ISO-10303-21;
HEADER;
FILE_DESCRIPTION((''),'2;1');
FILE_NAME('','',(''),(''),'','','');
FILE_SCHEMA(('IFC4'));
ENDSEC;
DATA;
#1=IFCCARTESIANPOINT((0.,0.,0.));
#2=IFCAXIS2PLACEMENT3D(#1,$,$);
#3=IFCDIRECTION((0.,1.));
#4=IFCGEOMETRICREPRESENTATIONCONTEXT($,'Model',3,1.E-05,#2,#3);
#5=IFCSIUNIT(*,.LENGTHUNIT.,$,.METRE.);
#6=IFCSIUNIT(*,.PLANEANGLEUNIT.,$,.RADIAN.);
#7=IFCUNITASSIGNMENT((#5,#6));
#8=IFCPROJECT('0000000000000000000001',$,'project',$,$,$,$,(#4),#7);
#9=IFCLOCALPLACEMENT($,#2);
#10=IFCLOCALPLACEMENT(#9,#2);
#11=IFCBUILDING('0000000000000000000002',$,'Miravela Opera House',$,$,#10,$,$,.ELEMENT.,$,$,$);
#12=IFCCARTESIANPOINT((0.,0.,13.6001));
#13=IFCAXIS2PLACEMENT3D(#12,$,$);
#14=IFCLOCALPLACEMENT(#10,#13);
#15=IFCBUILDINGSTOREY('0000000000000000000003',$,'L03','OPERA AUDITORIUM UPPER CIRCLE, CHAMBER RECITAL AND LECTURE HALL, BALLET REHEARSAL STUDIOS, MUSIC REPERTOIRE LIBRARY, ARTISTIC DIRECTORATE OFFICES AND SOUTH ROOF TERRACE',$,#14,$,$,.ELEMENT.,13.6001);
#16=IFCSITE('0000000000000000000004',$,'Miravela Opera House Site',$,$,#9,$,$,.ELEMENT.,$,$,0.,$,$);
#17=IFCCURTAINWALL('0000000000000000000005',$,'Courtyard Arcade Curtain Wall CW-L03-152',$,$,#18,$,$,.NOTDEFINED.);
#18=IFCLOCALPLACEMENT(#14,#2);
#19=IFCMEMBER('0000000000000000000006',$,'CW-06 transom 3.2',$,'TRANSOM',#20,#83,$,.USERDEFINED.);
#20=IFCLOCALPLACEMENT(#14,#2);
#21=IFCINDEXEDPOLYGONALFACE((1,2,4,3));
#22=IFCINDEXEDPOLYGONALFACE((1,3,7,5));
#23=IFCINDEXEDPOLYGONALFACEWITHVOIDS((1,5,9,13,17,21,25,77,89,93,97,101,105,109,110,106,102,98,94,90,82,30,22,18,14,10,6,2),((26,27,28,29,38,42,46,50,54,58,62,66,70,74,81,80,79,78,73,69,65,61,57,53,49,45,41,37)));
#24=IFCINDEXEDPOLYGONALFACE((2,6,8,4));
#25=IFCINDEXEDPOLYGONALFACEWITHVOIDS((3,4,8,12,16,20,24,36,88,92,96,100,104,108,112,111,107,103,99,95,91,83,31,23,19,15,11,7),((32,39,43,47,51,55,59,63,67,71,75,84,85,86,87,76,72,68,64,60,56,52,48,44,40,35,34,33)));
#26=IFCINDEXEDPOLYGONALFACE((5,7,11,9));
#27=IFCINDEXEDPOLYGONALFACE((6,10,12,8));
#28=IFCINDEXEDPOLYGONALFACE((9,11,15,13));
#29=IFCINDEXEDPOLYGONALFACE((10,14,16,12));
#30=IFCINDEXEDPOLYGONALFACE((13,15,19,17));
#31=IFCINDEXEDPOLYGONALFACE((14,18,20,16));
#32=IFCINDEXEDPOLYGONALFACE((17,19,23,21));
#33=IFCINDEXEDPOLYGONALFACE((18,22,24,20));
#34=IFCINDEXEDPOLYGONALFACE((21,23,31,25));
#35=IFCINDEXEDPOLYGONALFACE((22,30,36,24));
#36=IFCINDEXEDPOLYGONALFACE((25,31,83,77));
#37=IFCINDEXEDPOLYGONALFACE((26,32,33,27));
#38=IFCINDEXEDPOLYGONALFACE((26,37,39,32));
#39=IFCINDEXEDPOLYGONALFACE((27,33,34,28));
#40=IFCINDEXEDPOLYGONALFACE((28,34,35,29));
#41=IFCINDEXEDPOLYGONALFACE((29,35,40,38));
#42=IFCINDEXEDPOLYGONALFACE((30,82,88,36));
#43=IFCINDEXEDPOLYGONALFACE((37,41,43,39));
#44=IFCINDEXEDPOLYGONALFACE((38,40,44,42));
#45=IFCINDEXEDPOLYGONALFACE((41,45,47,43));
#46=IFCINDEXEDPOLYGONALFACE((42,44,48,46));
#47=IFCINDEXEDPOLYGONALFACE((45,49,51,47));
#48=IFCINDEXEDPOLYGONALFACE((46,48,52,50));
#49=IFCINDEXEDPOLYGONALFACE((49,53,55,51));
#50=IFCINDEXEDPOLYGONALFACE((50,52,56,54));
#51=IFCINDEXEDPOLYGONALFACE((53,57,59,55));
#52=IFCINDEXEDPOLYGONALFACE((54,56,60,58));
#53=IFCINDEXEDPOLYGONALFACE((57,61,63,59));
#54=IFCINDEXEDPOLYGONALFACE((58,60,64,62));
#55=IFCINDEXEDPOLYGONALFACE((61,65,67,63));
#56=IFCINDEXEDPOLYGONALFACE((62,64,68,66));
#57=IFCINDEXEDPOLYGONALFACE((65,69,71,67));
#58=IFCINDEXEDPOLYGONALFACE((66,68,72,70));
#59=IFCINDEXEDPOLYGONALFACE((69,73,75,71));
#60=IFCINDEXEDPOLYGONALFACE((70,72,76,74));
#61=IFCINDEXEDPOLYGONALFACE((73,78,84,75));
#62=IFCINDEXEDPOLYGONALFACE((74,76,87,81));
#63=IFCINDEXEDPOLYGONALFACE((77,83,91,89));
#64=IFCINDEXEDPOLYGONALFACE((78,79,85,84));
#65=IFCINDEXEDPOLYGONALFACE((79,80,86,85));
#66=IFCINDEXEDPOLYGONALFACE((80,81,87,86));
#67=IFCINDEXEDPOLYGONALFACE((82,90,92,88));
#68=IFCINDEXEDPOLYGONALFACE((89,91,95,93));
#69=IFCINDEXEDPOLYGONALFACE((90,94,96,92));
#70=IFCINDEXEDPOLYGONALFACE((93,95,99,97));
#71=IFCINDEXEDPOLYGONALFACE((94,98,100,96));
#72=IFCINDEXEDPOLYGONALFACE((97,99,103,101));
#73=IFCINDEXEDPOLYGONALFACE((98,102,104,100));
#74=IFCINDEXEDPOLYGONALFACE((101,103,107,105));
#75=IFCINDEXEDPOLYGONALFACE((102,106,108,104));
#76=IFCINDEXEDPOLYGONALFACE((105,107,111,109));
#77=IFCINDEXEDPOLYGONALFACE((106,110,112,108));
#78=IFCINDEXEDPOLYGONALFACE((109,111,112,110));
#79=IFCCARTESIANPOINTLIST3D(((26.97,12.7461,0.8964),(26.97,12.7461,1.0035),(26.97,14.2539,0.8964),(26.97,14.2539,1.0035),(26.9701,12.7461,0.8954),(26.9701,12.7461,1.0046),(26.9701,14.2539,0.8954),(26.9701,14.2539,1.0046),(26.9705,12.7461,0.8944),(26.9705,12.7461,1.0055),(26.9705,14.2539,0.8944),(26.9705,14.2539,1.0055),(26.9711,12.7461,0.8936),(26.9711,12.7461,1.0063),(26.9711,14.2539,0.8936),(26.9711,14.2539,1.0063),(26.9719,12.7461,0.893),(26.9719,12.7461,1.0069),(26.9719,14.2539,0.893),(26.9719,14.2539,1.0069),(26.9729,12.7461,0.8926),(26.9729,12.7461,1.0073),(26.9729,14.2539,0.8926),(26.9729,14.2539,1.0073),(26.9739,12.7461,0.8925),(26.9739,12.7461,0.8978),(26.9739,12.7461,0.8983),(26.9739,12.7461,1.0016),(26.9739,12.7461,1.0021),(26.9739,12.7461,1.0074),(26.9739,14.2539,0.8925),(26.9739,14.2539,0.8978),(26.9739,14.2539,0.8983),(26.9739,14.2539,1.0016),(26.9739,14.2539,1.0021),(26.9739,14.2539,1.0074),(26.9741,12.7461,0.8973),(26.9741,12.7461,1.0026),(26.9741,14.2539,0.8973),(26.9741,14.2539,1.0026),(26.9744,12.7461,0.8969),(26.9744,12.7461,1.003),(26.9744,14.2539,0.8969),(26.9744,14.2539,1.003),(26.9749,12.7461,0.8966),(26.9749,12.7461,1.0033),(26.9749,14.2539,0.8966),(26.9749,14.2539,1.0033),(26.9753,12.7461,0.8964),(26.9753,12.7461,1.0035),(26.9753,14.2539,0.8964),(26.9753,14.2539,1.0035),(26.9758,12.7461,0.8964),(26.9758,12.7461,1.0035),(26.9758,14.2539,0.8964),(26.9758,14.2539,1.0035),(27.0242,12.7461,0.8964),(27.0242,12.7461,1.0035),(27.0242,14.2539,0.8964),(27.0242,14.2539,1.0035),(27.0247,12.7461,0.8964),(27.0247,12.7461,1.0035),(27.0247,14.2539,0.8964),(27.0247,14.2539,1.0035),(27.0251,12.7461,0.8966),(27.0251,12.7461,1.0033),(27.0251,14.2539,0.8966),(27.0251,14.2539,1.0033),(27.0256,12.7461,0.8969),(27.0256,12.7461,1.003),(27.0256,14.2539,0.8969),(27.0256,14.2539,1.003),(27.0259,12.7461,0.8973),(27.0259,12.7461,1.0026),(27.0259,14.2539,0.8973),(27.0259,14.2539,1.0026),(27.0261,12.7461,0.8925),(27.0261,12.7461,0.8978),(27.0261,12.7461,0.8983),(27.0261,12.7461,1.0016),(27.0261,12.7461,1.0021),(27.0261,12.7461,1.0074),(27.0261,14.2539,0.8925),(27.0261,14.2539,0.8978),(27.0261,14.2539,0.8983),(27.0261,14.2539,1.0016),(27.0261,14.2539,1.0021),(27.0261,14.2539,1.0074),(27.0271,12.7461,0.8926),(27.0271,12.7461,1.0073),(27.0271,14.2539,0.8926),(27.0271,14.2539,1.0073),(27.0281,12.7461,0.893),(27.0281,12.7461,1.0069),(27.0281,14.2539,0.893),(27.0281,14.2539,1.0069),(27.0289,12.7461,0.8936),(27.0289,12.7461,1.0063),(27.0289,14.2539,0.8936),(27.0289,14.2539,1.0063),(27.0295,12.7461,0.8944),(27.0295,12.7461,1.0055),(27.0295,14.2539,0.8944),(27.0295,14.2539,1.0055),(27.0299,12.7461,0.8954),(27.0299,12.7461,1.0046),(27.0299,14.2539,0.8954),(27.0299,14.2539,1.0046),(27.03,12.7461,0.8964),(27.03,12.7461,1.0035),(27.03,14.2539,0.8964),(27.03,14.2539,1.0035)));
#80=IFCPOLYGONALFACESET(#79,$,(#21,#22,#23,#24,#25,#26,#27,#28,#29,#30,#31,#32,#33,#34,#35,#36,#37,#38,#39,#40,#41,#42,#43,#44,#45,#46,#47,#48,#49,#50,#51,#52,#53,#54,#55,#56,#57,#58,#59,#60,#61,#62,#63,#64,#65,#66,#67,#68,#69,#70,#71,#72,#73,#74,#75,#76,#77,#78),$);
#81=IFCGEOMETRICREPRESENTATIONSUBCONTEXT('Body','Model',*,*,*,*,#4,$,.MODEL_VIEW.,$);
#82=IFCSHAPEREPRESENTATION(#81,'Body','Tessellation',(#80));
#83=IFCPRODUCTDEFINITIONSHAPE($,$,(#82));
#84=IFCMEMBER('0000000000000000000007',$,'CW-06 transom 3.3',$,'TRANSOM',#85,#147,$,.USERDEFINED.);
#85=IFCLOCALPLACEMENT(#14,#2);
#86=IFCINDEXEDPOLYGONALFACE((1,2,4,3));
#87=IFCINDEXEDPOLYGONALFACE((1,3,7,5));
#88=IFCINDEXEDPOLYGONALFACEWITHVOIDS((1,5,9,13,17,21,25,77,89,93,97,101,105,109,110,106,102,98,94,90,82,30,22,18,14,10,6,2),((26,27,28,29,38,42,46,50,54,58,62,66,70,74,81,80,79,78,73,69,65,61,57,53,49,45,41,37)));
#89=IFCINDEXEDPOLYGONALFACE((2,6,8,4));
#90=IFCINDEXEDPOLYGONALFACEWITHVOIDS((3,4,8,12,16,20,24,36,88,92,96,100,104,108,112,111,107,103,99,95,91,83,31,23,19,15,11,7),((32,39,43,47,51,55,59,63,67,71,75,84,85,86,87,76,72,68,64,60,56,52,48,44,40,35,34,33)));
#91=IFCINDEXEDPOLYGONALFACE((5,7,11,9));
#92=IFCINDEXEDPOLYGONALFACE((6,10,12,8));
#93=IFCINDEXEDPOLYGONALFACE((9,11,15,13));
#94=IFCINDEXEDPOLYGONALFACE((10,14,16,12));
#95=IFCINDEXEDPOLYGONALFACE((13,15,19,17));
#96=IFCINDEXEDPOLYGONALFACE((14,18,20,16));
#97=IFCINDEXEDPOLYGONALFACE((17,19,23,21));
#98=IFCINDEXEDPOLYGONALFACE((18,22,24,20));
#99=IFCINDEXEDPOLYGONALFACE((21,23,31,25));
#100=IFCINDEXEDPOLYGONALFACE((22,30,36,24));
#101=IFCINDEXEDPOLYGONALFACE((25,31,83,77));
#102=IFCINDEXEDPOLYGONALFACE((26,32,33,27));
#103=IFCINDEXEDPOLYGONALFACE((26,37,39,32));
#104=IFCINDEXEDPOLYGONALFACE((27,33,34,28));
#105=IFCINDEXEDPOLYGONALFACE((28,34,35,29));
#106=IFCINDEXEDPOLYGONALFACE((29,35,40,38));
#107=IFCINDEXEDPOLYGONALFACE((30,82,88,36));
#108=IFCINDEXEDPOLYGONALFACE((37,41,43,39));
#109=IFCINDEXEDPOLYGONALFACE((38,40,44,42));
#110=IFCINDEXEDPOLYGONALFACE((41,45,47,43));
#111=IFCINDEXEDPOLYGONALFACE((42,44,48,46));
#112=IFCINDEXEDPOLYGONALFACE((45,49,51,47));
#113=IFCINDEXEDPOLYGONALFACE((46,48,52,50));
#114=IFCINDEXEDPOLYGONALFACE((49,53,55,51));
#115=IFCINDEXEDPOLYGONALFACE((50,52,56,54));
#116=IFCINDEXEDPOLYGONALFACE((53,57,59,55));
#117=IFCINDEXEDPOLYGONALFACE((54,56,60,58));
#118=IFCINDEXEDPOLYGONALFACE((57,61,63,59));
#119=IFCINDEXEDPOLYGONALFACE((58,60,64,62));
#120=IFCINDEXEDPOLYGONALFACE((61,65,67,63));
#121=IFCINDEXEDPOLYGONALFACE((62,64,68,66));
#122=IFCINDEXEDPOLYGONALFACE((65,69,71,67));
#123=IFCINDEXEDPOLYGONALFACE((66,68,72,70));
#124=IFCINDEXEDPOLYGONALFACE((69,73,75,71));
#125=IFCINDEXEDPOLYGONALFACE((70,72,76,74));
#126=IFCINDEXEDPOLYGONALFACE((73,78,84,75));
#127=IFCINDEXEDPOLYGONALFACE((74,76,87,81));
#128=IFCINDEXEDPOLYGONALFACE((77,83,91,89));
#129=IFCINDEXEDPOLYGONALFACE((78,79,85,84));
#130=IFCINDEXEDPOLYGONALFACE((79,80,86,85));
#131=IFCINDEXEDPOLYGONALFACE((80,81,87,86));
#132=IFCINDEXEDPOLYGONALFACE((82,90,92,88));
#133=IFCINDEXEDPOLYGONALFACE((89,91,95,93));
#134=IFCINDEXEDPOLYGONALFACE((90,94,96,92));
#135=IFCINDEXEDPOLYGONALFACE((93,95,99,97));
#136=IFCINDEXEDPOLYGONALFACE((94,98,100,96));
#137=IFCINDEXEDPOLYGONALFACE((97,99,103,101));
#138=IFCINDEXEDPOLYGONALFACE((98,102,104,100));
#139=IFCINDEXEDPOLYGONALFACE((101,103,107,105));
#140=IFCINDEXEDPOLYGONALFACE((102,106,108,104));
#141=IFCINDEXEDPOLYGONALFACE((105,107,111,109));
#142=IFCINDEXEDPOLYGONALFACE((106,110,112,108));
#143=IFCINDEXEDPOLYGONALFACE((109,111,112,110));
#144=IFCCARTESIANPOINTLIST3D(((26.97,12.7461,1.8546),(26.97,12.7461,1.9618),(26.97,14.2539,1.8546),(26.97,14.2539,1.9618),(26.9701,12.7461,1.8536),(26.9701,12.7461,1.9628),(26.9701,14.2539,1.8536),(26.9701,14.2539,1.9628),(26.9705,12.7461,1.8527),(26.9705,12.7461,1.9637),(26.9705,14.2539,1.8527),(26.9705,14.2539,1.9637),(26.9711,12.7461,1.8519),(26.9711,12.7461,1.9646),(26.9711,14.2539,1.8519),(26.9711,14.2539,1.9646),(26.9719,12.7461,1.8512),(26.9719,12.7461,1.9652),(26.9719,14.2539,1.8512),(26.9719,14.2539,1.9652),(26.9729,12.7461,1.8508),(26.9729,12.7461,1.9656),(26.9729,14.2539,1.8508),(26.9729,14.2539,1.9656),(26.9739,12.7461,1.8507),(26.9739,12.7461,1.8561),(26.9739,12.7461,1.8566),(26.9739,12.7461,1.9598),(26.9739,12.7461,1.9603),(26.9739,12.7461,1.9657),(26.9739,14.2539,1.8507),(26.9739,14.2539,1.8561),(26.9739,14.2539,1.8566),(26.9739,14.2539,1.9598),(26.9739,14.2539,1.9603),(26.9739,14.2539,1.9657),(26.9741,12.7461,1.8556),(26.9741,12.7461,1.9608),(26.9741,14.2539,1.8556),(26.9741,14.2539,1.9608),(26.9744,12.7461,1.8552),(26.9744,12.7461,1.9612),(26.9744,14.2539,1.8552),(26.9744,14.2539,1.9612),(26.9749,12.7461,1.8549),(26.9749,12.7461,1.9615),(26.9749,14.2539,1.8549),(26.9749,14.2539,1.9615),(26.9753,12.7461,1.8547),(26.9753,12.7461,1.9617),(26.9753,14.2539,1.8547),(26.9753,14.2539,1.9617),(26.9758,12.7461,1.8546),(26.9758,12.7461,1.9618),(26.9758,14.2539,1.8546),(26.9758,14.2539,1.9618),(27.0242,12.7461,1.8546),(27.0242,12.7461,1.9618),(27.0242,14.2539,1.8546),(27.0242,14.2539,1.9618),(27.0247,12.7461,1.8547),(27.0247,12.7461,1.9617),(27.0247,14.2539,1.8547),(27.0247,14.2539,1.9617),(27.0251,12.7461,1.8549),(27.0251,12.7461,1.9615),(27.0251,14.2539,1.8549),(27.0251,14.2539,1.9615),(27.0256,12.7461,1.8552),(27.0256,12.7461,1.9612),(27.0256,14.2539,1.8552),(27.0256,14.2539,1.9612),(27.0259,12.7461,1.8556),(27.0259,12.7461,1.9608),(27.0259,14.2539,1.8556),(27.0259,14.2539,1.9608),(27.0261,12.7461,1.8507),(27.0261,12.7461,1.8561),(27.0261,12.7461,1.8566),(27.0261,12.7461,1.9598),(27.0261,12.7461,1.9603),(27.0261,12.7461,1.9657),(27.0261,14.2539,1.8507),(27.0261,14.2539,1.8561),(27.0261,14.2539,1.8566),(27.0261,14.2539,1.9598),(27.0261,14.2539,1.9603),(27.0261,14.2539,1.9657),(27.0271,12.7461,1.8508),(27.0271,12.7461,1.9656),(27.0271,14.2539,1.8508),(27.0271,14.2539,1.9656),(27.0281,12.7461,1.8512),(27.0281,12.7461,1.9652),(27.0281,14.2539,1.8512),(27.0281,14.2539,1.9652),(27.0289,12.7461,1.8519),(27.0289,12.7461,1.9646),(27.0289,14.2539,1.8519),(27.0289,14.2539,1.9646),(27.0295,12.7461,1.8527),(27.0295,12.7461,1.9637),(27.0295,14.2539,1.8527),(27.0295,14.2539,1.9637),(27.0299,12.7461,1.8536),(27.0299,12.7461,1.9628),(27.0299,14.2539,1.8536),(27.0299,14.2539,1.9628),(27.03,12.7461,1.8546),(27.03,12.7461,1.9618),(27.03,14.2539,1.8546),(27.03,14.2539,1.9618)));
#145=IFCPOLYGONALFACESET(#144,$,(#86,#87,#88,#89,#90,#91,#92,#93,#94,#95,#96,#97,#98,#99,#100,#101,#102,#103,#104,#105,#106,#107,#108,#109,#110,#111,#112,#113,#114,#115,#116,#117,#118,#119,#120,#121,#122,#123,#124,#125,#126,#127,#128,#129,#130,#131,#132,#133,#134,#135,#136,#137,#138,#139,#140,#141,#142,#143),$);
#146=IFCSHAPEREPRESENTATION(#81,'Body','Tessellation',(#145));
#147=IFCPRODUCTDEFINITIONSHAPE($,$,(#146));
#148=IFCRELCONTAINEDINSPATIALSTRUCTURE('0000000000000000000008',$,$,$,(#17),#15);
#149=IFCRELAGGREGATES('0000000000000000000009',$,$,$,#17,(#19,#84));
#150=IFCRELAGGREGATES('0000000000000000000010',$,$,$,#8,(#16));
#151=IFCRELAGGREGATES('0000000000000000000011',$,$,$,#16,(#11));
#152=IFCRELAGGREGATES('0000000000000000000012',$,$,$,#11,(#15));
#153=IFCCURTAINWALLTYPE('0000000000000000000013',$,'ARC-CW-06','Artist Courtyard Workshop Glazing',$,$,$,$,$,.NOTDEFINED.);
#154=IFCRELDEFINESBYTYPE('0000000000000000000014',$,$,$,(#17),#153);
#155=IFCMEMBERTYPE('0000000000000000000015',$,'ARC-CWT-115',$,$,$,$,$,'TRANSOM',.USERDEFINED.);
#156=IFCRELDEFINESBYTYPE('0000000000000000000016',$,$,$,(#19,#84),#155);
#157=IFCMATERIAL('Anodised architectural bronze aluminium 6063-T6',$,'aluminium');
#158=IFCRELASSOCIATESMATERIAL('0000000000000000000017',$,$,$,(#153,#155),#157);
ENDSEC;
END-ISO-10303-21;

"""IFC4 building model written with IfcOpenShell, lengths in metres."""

from ifc_helpers import new_model, si_unit, direction, frame, origin, origin_2d, place, context, subcontext, project, spatial, hollow_rectangle, extrude, material, material_profile, profile_set, type_object, element, aggregate, save


model = new_model("IFC4")

# Units and contexts
model_context = context("Model", 3, precision=1e-05, world=origin(), true_north=direction((0.0, 1.0)))
body_context = subcontext(model_context, "Body", "Model", "MODEL_VIEW")
ifc_project = project(units=[si_unit("LENGTHUNIT", "METRE"), si_unit("PLANEANGLEUNIT", "RADIAN")], contexts=[model_context])

# Site, building, storey
site_placement = place(None, origin())
site = spatial("IfcSite", under=ifc_project, at=site_placement, Name="Miravela Opera House Site", CompositionType="ELEMENT", RefElevation=0.0)
building_placement = place(site_placement, origin())
building = spatial("IfcBuilding", under=site, at=building_placement, Name="Miravela Opera House", CompositionType="ELEMENT")
storey_placement = place(building_placement, frame((0.0, 0.0, 13.6001)))
storey = spatial("IfcBuildingStorey", under=building, at=storey_placement, Name="L03", Description="OPERA AUDITORIUM UPPER CIRCLE, CHAMBER RECITAL AND LECTURE HALL, BALLET REHEARSAL STUDIOS, MUSIC REPERTOIRE LIBRARY, ARTISTIC DIRECTORATE OFFICES AND SOUTH ROOF TERRACE", CompositionType="ELEMENT", Elevation=13.6001)

# Curtain wall, members
ifc_material_1 = material(Name="Anodised architectural bronze aluminium 6063-T6", Category="aluminium")
curtain_wall_type = type_object("IfcCurtainWallType", Name="ARC-CW-06", Description="Artist Courtyard Workshop Glazing", PredefinedType="NOTDEFINED", material=ifc_material_1)
curtain_wall_placement = place(storey_placement, origin())
curtain_wall = element("IfcCurtainWall", 1, at=curtain_wall_placement, inside=storey, type_object=curtain_wall_type, Name="Courtyard Arcade Curtain Wall CW-L03-152", PredefinedType="NOTDEFINED")
ifc_material_profile_1 = material_profile(ifc_material_1, hollow_rectangle(XDim=0.0601, YDim=0.115, WallThickness=0.0039, InnerFilletRadius=0.002, OuterFilletRadius=0.0039, at=origin_2d()), Name="CWT-60X115")
ifc_profile_set_1 = profile_set([ifc_material_profile_1])
member_type_1 = type_object("IfcMemberType", Name="ARC-CWT-115", ElementType="TRANSOM", PredefinedType="USERDEFINED", material=ifc_profile_set_1)
member_1_placement = place(storey_placement, frame((27.0, 12.7461, 0.95), z_axis=(0.0, 1.0, 0.0), x_axis=(-1.0, 0.0, 0.0)))
member_1 = element("IfcMember", 2, at=member_1_placement, type_object=member_type_1, Name="CW-06 transom 3.2", ObjectType="TRANSOM", PredefinedType="USERDEFINED", context=body_context, shape_type="SweptSolid", body=[
    extrude(hollow_rectangle(XDim=0.0601, YDim=0.115, WallThickness=0.0039, InnerFilletRadius=0.002, OuterFilletRadius=0.0039, at=origin_2d()), origin(), (0.0, 0.0, 1.0), 1.5078),
])
member_2_placement = place(storey_placement, frame((27.0, 12.7461, 1.9082), z_axis=(0.0, 1.0, 0.0), x_axis=(-1.0, 0.0, 0.0)))
member_2 = element("IfcMember", 3, at=member_2_placement, type_object=member_type_1, Name="CW-06 transom 3.3", ObjectType="TRANSOM", PredefinedType="USERDEFINED", context=body_context, shape_type="SweptSolid", body=[
    extrude(hollow_rectangle(XDim=0.0601, YDim=0.115, WallThickness=0.0039, InnerFilletRadius=0.002, OuterFilletRadius=0.0039, at=origin_2d()), origin(), (0.0, 0.0, 1.0), 1.5078),
])

aggregate(curtain_wall, [member_1, member_2])

save(model, "model.ifc")
